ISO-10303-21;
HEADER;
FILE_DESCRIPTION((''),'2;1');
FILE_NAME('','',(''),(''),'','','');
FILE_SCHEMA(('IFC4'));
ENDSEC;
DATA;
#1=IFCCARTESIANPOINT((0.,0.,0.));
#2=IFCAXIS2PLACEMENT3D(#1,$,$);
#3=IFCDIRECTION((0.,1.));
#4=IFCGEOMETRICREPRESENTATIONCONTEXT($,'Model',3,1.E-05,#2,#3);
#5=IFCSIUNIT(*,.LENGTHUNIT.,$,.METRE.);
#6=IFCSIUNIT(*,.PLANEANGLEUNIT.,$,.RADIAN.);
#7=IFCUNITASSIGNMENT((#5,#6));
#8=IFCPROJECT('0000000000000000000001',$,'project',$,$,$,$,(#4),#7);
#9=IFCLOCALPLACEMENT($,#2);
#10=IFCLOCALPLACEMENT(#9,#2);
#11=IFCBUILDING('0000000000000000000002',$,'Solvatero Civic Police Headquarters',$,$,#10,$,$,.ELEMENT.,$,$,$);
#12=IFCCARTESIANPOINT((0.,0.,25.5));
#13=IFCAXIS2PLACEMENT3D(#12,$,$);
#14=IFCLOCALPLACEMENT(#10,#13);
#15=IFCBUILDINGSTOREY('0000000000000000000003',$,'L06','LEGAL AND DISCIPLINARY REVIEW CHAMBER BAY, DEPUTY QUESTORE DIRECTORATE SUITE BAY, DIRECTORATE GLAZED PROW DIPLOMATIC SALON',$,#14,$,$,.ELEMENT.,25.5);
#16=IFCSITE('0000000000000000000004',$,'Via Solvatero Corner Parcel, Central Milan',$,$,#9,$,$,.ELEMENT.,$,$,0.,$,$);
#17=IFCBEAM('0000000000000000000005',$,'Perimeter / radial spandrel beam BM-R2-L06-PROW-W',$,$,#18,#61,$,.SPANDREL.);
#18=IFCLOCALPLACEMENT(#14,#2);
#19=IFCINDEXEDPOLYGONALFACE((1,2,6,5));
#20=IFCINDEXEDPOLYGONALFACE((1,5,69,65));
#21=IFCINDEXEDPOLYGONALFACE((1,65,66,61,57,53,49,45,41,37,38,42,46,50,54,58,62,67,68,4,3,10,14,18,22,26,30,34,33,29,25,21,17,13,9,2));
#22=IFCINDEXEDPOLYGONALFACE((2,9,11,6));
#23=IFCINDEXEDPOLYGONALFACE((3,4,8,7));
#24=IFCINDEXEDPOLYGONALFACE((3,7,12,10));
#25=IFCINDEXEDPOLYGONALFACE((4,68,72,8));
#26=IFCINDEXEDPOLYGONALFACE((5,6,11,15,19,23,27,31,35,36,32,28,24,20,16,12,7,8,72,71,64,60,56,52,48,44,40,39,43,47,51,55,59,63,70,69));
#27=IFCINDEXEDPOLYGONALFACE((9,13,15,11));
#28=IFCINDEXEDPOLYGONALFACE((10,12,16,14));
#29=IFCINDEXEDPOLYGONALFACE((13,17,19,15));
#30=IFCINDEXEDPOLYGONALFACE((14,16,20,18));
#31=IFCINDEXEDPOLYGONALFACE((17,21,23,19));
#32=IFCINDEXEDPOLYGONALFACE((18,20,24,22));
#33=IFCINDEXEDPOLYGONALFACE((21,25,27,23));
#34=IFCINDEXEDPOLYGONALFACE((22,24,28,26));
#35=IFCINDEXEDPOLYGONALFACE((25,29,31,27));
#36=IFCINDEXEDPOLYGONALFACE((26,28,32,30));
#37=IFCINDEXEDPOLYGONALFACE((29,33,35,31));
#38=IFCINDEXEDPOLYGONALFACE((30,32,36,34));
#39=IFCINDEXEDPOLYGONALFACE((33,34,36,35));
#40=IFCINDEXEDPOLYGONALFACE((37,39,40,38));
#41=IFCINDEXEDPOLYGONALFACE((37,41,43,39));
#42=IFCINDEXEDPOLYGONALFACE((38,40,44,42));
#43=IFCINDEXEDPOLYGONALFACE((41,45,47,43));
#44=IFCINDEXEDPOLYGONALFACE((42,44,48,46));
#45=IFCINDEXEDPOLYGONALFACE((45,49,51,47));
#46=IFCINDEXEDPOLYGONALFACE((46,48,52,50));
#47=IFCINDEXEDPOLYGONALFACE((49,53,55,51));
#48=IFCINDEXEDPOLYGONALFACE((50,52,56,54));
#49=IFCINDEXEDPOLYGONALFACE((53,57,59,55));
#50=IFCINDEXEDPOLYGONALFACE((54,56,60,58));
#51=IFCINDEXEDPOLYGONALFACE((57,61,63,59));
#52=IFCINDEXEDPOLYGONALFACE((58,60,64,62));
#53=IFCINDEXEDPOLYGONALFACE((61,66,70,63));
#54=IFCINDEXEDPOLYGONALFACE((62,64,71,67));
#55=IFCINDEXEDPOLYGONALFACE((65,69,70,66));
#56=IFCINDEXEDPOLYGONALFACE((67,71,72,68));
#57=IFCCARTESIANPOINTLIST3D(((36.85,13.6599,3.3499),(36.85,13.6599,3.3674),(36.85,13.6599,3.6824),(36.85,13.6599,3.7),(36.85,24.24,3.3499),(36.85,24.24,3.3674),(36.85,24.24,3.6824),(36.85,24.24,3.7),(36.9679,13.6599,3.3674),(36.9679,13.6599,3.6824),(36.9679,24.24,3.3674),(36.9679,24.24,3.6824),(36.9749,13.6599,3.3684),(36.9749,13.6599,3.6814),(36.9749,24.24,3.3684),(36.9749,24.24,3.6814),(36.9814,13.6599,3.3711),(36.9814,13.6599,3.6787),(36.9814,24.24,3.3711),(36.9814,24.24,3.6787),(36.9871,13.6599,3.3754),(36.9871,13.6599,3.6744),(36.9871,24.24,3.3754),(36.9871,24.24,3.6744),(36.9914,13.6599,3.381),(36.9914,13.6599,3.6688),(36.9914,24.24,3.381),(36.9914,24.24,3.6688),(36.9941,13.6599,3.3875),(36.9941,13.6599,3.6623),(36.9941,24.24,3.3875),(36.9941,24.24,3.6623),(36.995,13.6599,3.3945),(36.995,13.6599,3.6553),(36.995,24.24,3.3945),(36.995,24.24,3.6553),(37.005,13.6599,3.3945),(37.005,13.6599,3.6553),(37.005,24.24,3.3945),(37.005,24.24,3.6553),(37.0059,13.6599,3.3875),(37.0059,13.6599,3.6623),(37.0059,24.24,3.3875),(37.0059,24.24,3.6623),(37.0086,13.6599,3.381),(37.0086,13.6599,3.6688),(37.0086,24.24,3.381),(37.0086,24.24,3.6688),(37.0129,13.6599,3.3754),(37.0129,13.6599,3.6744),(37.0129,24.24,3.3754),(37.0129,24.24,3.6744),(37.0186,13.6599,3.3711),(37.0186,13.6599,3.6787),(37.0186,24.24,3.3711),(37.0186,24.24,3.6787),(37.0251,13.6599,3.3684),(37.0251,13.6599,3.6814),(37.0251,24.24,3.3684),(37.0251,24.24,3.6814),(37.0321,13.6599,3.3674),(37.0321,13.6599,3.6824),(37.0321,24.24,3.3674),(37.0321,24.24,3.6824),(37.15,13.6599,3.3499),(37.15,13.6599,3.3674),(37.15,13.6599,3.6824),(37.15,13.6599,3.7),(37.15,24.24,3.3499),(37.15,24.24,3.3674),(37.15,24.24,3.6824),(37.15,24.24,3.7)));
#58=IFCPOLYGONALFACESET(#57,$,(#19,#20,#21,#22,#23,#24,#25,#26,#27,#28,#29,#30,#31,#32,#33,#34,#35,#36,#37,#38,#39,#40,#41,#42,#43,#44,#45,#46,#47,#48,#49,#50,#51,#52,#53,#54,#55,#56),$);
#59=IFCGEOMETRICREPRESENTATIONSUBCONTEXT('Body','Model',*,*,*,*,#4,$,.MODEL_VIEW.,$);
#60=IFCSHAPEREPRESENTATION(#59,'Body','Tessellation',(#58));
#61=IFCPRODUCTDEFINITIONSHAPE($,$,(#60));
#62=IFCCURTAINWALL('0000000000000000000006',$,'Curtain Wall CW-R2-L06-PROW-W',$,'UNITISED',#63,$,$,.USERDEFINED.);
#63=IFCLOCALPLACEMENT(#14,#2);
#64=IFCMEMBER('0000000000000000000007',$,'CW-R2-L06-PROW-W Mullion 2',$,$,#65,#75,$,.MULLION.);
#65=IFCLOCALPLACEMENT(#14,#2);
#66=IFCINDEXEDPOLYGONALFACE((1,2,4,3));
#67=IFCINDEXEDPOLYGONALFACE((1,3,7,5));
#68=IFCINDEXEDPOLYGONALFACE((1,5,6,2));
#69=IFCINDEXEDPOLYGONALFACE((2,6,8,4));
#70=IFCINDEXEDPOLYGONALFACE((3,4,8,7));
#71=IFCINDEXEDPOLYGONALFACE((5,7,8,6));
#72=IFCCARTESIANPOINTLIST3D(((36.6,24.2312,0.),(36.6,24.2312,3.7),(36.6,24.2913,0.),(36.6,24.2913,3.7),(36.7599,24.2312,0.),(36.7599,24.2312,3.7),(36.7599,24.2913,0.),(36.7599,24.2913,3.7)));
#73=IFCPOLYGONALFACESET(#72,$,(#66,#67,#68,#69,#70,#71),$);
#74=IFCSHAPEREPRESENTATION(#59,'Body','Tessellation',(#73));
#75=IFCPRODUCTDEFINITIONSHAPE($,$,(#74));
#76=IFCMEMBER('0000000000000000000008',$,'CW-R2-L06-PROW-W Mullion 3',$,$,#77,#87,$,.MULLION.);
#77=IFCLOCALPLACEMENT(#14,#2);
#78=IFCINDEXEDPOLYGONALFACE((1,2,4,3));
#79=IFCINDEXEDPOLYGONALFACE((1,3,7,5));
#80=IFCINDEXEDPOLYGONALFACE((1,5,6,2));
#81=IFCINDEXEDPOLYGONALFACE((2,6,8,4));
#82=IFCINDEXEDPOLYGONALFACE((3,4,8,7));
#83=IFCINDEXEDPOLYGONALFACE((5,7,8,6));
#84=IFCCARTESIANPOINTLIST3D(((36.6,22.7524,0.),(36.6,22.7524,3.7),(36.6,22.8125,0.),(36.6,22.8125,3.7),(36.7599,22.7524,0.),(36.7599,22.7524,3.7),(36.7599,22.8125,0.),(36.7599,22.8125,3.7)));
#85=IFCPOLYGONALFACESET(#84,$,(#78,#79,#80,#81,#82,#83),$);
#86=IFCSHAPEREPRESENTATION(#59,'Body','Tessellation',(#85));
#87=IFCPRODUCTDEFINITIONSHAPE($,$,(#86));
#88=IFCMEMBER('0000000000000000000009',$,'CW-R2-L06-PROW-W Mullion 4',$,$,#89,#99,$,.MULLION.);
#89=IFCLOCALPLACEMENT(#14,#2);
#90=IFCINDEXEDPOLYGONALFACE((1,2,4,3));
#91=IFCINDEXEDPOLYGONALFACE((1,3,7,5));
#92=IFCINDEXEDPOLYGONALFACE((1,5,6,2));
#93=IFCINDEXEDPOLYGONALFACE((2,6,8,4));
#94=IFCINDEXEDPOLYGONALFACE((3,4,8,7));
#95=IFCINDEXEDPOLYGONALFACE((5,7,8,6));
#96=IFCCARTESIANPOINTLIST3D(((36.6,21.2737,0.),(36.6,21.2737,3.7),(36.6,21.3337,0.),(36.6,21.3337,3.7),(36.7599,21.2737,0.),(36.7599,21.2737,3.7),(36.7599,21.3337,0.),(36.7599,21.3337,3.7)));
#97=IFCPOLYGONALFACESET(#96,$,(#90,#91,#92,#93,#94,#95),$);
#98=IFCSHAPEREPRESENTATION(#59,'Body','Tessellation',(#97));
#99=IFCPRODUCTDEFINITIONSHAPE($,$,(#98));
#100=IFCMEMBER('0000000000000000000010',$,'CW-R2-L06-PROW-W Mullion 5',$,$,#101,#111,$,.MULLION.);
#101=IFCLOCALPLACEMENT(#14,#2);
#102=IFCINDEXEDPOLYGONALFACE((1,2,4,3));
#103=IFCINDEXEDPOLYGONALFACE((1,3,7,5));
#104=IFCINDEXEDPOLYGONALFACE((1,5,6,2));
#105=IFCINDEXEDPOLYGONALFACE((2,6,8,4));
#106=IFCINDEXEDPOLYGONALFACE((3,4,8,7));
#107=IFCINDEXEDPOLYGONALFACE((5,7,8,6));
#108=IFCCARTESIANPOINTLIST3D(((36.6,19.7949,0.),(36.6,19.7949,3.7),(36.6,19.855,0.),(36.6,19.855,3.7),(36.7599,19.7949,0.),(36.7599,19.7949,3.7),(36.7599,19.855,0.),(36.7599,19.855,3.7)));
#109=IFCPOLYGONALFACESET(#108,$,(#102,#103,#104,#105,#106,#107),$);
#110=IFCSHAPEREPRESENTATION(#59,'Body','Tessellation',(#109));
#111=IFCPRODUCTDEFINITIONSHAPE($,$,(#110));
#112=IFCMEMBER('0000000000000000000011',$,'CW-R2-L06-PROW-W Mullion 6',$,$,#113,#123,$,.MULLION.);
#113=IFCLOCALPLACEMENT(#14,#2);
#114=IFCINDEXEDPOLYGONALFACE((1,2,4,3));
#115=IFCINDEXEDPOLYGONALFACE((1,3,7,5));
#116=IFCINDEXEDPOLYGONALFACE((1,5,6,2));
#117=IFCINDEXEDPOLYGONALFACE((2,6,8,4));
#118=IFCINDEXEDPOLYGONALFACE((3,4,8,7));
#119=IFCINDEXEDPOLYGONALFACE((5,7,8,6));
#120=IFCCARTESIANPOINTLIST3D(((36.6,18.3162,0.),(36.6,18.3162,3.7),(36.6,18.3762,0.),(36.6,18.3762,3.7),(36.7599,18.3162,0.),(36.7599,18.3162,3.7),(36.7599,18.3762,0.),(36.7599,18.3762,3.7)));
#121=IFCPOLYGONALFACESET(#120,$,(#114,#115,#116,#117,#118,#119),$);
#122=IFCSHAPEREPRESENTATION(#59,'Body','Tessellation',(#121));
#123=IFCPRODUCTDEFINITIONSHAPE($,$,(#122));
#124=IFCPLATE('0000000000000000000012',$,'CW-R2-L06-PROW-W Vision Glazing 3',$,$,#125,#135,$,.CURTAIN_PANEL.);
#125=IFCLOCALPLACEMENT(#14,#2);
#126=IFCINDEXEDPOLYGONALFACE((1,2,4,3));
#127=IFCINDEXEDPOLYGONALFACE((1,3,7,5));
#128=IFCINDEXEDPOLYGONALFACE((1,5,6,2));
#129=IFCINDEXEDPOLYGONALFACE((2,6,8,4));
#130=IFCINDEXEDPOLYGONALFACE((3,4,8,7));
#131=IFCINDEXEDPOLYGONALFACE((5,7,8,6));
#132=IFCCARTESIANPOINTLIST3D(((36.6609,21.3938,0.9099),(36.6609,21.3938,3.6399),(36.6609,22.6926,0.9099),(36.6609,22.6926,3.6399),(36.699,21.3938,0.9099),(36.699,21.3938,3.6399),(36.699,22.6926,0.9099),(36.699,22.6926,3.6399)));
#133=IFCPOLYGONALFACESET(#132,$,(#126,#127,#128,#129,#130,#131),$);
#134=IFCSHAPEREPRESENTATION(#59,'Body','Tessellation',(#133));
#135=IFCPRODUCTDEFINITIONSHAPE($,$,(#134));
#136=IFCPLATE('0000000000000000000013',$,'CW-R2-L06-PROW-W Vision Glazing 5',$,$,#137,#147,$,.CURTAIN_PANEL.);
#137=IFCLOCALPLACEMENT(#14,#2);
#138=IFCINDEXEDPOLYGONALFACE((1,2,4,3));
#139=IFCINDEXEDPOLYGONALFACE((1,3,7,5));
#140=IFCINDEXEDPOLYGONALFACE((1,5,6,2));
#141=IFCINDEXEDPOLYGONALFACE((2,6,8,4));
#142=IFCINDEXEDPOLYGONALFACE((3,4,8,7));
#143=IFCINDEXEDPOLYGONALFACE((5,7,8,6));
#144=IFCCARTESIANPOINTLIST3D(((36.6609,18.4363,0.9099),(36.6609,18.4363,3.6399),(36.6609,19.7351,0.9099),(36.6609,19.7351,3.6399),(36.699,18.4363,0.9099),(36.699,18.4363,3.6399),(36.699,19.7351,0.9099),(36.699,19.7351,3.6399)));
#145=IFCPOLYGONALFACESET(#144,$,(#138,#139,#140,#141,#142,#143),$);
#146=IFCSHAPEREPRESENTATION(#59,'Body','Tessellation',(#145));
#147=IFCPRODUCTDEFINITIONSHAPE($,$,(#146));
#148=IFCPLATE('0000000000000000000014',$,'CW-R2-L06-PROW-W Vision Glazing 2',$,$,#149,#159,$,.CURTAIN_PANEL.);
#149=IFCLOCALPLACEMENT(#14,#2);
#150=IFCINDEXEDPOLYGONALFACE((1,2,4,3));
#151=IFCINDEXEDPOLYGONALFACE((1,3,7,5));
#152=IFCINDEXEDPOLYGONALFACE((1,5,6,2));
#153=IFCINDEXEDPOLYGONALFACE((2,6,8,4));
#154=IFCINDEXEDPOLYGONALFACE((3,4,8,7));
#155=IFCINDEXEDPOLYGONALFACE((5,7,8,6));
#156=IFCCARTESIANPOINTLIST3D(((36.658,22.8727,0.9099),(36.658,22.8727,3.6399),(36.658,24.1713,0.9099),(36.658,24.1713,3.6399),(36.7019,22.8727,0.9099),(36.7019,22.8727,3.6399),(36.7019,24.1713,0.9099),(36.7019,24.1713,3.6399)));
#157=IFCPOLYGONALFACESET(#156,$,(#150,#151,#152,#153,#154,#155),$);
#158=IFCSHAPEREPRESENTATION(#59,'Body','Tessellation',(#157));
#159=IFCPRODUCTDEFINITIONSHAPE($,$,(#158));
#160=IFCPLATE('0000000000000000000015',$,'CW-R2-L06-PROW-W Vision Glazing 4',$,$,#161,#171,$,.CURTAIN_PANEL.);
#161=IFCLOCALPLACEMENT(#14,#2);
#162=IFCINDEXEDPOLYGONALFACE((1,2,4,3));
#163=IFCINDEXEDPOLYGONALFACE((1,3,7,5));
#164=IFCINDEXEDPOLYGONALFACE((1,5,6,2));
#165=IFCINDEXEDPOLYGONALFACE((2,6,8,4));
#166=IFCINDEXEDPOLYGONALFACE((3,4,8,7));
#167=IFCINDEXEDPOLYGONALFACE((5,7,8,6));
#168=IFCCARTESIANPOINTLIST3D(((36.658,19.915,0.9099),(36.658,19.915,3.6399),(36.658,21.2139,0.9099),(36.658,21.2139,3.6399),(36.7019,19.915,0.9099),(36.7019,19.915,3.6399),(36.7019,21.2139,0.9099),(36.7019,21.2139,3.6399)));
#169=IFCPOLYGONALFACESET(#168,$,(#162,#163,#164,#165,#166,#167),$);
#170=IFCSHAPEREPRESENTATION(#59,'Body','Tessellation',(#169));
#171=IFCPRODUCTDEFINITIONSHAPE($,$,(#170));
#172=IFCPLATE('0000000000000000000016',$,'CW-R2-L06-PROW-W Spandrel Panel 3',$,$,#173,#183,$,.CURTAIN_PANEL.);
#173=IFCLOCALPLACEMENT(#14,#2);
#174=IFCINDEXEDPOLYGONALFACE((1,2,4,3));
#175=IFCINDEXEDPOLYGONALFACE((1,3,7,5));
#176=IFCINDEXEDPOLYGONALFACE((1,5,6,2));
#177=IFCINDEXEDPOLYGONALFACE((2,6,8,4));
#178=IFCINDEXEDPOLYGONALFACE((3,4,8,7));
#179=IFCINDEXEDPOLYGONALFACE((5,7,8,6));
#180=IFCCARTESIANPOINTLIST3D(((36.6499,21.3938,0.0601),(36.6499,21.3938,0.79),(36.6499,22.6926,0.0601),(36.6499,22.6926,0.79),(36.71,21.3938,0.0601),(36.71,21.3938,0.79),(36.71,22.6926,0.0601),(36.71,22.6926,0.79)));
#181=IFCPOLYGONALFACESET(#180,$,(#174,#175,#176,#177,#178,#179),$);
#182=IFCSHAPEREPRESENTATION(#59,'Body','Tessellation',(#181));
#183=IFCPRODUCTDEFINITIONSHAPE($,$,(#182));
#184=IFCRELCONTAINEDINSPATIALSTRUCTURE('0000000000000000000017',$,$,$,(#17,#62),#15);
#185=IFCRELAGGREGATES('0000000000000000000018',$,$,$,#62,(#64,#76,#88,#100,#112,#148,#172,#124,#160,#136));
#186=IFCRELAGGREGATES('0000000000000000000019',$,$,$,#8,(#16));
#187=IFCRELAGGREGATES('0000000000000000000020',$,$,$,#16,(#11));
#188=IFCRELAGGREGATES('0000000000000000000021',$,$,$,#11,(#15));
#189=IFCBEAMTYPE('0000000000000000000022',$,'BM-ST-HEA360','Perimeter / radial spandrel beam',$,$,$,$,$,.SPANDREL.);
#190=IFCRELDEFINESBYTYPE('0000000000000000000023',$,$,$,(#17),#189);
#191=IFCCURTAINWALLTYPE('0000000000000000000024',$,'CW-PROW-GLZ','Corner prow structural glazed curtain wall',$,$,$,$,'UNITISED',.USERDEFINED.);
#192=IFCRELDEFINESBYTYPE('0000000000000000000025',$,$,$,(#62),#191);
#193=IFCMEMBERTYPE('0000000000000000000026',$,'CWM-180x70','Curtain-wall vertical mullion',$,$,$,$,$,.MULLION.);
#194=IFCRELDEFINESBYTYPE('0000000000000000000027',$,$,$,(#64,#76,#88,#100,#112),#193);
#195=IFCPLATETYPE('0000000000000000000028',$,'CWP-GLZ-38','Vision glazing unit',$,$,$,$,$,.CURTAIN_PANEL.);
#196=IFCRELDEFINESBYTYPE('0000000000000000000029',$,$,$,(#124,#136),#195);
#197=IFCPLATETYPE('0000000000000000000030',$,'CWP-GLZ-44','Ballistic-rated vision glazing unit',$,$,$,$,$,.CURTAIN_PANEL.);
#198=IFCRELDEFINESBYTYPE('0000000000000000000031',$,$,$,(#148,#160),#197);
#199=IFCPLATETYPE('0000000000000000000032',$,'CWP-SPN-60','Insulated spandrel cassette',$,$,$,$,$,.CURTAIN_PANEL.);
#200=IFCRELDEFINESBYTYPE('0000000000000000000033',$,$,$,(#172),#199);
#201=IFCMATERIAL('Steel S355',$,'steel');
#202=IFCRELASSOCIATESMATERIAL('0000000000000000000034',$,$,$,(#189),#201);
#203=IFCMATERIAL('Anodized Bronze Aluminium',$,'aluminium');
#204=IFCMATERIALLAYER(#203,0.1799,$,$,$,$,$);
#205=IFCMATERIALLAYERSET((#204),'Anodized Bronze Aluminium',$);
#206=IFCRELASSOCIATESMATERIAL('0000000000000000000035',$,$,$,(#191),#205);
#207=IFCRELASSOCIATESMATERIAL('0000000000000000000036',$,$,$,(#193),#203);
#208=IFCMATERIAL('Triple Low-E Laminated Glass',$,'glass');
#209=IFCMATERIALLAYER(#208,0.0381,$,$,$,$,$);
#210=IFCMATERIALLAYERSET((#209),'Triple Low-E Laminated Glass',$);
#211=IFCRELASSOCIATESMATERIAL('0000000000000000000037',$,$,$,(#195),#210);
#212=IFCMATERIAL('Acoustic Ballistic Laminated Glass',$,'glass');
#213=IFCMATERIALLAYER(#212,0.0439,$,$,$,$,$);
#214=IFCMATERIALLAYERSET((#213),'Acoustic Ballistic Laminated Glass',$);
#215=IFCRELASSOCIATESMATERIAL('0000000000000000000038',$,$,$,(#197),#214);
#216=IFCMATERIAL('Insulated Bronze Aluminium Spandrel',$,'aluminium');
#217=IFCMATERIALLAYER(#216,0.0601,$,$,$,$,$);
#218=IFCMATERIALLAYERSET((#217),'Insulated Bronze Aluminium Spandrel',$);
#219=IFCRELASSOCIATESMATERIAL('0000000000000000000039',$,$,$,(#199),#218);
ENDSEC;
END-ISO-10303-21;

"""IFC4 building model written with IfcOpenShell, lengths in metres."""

from ifc_helpers import new_model, si_unit, direction, frame, origin, origin_2d, place, context, subcontext, project, spatial, rectangle, i_section, extrude, material, layer, layer_set, material_profile, profile_set, type_object, element, aggregate, save


model = new_model("IFC4")

# Units and contexts
model_context = context("Model", 3, precision=1e-05, world=origin(), true_north=direction((0.0, 1.0)))
body_context = subcontext(model_context, "Body", "Model", "MODEL_VIEW")
ifc_project = project(units=[si_unit("LENGTHUNIT", "METRE"), si_unit("PLANEANGLEUNIT", "RADIAN")], contexts=[model_context])

# Site, building, storey
site_placement = place(None, origin())
site = spatial("IfcSite", under=ifc_project, at=site_placement, Name="Via Solvatero Corner Parcel, Central Milan", CompositionType="ELEMENT", RefElevation=0.0)
building_placement = place(site_placement, origin())
building = spatial("IfcBuilding", under=site, at=building_placement, Name="Solvatero Civic Police Headquarters", CompositionType="ELEMENT")
storey_placement = place(building_placement, frame((0.0, 0.0, 25.5)))
storey = spatial("IfcBuildingStorey", under=building, at=storey_placement, Name="L06", Description="LEGAL AND DISCIPLINARY REVIEW CHAMBER BAY, DEPUTY QUESTORE DIRECTORATE SUITE BAY, DIRECTORATE GLAZED PROW DIPLOMATIC SALON", CompositionType="ELEMENT", Elevation=25.5)

# Beam
ifc_material_1 = material(Name="Steel S355", Category="steel")
ifc_material_profile_1 = material_profile(ifc_material_1, i_section(OverallWidth=0.3, OverallDepth=0.3501, WebThickness=0.01, FlangeThickness=0.0176, FilletRadius=0.0271, at=origin_2d()), Name="HEA 360")
ifc_profile_set_1 = profile_set([ifc_material_profile_1], Name="Steel S355")
beam_type = type_object("IfcBeamType", Name="BM-ST-HEA360", Description="Perimeter / radial spandrel beam", PredefinedType="SPANDREL", material=ifc_profile_set_1)
beam_placement = place(storey_placement, frame((37.0, 24.24, 3.5249), z_axis=(0.0, -1.0, 0.0), x_axis=(1.0, 0.0, 0.0)))
element("IfcBeam", 1, at=beam_placement, inside=storey, type_object=beam_type, Name="Perimeter / radial spandrel beam BM-R2-L06-PROW-W", PredefinedType="SPANDREL", context=body_context, shape_type="SweptSolid", body=[
    extrude(i_section(OverallWidth=0.3, OverallDepth=0.3501, WebThickness=0.01, FlangeThickness=0.0176, FilletRadius=0.0271, at=origin_2d()), origin(), (0.0, 0.0, 1.0), 10.5801),
])

# Curtain wall, members, plates
ifc_material_2 = material(Name="Anodized Bronze Aluminium", Category="aluminium")
ifc_layer_1 = layer(ifc_material_2, 0.1799)
ifc_layer_set_1 = layer_set([ifc_layer_1], Name="Anodized Bronze Aluminium")
curtain_wall_type = type_object("IfcCurtainWallType", Name="CW-PROW-GLZ", Description="Corner prow structural glazed curtain wall", ElementType="UNITISED", PredefinedType="USERDEFINED", material=ifc_layer_set_1)
curtain_wall_placement = place(storey_placement, origin())
curtain_wall = element("IfcCurtainWall", 2, at=curtain_wall_placement, inside=storey, type_object=curtain_wall_type, Name="Curtain Wall CW-R2-L06-PROW-W", ObjectType="UNITISED", PredefinedType="USERDEFINED")
ifc_material_profile_2 = material_profile(ifc_material_2, rectangle(XDim=0.0601, YDim=0.1599, at=origin_2d()), Name="ALU MULLION 60x160")
ifc_profile_set_2 = profile_set([ifc_material_profile_2], Name="Anodized Bronze Aluminium")
member_type = type_object("IfcMemberType", Name="CWM-180x70", Description="Curtain-wall vertical mullion", PredefinedType="MULLION", material=ifc_profile_set_2)
member_1_placement = place(storey_placement, frame((36.6799, 24.2612, 0.0), z_axis=(0.0, 0.0, 1.0), x_axis=(0.0, -1.0, 0.0)))
member_1 = element("IfcMember", 3, at=member_1_placement, type_object=member_type, Name="CW-R2-L06-PROW-W Mullion 2", PredefinedType="MULLION", context=body_context, shape_type="SweptSolid", body=[
    extrude(rectangle(XDim=0.0601, YDim=0.1599, at=origin_2d()), origin(), (0.0, 0.0, 1.0), 3.7),
])
member_2_placement = place(storey_placement, frame((36.6799, 22.7825, 0.0), z_axis=(0.0, 0.0, 1.0), x_axis=(0.0, -1.0, 0.0)))
member_2 = element("IfcMember", 4, at=member_2_placement, type_object=member_type, Name="CW-R2-L06-PROW-W Mullion 3", PredefinedType="MULLION", context=body_context, shape_type="SweptSolid", body=[
    extrude(rectangle(XDim=0.0601, YDim=0.1599, at=origin_2d()), origin(), (0.0, 0.0, 1.0), 3.7),
])
member_3_placement = place(storey_placement, frame((36.6799, 21.3037, 0.0), z_axis=(0.0, 0.0, 1.0), x_axis=(0.0, -1.0, 0.0)))
member_3 = element("IfcMember", 5, at=member_3_placement, type_object=member_type, Name="CW-R2-L06-PROW-W Mullion 4", PredefinedType="MULLION", context=body_context, shape_type="SweptSolid", body=[
    extrude(rectangle(XDim=0.0601, YDim=0.1599, at=origin_2d()), origin(), (0.0, 0.0, 1.0), 3.7),
])
member_4_placement = place(storey_placement, frame((36.6799, 19.825, 0.0), z_axis=(0.0, 0.0, 1.0), x_axis=(0.0, -1.0, 0.0)))
member_4 = element("IfcMember", 6, at=member_4_placement, type_object=member_type, Name="CW-R2-L06-PROW-W Mullion 5", PredefinedType="MULLION", context=body_context, shape_type="SweptSolid", body=[
    extrude(rectangle(XDim=0.0601, YDim=0.1599, at=origin_2d()), origin(), (0.0, 0.0, 1.0), 3.7),
])
member_5_placement = place(storey_placement, frame((36.6799, 18.3462, 0.0), z_axis=(0.0, 0.0, 1.0), x_axis=(0.0, -1.0, 0.0)))
member_5 = element("IfcMember", 7, at=member_5_placement, type_object=member_type, Name="CW-R2-L06-PROW-W Mullion 6", PredefinedType="MULLION", context=body_context, shape_type="SweptSolid", body=[
    extrude(rectangle(XDim=0.0601, YDim=0.1599, at=origin_2d()), origin(), (0.0, 0.0, 1.0), 3.7),
])
ifc_material_3 = material(Name="Triple Low-E Laminated Glass", Category="glass")
ifc_layer_2 = layer(ifc_material_3, 0.0381)
ifc_layer_set_2 = layer_set([ifc_layer_2], Name="Triple Low-E Laminated Glass")
plate_type_1 = type_object("IfcPlateType", Name="CWP-GLZ-38", Description="Vision glazing unit", PredefinedType="CURTAIN_PANEL", material=ifc_layer_set_2)
plate_1_placement = place(storey_placement, frame((36.6799, 22.0432, 0.9099), z_axis=(0.0, 0.0, 1.0), x_axis=(0.0, -1.0, 0.0)))
plate_1 = element("IfcPlate", 8, at=plate_1_placement, type_object=plate_type_1, Name="CW-R2-L06-PROW-W Vision Glazing 3", PredefinedType="CURTAIN_PANEL", context=body_context, shape_type="SweptSolid", body=[
    extrude(rectangle(XDim=1.2988, YDim=0.0381, at=origin_2d()), origin(), (0.0, 0.0, 1.0), 2.73),
])
plate_2_placement = place(storey_placement, frame((36.6799, 19.0857, 0.9099), z_axis=(0.0, 0.0, 1.0), x_axis=(0.0, -1.0, 0.0)))
plate_2 = element("IfcPlate", 9, at=plate_2_placement, type_object=plate_type_1, Name="CW-R2-L06-PROW-W Vision Glazing 5", PredefinedType="CURTAIN_PANEL", context=body_context, shape_type="SweptSolid", body=[
    extrude(rectangle(XDim=1.2988, YDim=0.0381, at=origin_2d()), origin(), (0.0, 0.0, 1.0), 2.73),
])
ifc_material_4 = material(Name="Acoustic Ballistic Laminated Glass", Category="glass")
ifc_layer_3 = layer(ifc_material_4, 0.0439)
ifc_layer_set_3 = layer_set([ifc_layer_3], Name="Acoustic Ballistic Laminated Glass")
plate_type_2 = type_object("IfcPlateType", Name="CWP-GLZ-44", Description="Ballistic-rated vision glazing unit", PredefinedType="CURTAIN_PANEL", material=ifc_layer_set_3)
plate_3_placement = place(storey_placement, frame((36.6799, 23.522, 0.9099), z_axis=(0.0, 0.0, 1.0), x_axis=(0.0, -1.0, 0.0)))
plate_3 = element("IfcPlate", 10, at=plate_3_placement, type_object=plate_type_2, Name="CW-R2-L06-PROW-W Vision Glazing 2", PredefinedType="CURTAIN_PANEL", context=body_context, shape_type="SweptSolid", body=[
    extrude(rectangle(XDim=1.2986, YDim=0.0439, at=origin_2d()), origin(), (0.0, 0.0, 1.0), 2.73),
])
plate_4_placement = place(storey_placement, frame((36.6799, 20.5645, 0.9099), z_axis=(0.0, 0.0, 1.0), x_axis=(0.0, -1.0, 0.0)))
plate_4 = element("IfcPlate", 11, at=plate_4_placement, type_object=plate_type_2, Name="CW-R2-L06-PROW-W Vision Glazing 4", PredefinedType="CURTAIN_PANEL", context=body_context, shape_type="SweptSolid", body=[
    extrude(rectangle(XDim=1.2988, YDim=0.0439, at=origin_2d()), origin(), (0.0, 0.0, 1.0), 2.73),
])
ifc_material_5 = material(Name="Insulated Bronze Aluminium Spandrel", Category="aluminium")
ifc_layer_4 = layer(ifc_material_5, 0.0601)
ifc_layer_set_4 = layer_set([ifc_layer_4], Name="Insulated Bronze Aluminium Spandrel")
plate_type_3 = type_object("IfcPlateType", Name="CWP-SPN-60", Description="Insulated spandrel cassette", PredefinedType="CURTAIN_PANEL", material=ifc_layer_set_4)
plate_5_placement = place(storey_placement, frame((36.6799, 22.0432, 0.0601), z_axis=(0.0, 0.0, 1.0), x_axis=(0.0, -1.0, 0.0)))
plate_5 = element("IfcPlate", 12, at=plate_5_placement, type_object=plate_type_3, Name="CW-R2-L06-PROW-W Spandrel Panel 3", PredefinedType="CURTAIN_PANEL", context=body_context, shape_type="SweptSolid", body=[
    extrude(rectangle(XDim=1.2988, YDim=0.0601, at=origin_2d()), origin(), (0.0, 0.0, 1.0), 0.73),
])
aggregate(curtain_wall, [member_1, member_2, member_3, member_4, member_5, plate_3, plate_5, plate_1, plate_4, plate_2])

save(model, "model.ifc")
